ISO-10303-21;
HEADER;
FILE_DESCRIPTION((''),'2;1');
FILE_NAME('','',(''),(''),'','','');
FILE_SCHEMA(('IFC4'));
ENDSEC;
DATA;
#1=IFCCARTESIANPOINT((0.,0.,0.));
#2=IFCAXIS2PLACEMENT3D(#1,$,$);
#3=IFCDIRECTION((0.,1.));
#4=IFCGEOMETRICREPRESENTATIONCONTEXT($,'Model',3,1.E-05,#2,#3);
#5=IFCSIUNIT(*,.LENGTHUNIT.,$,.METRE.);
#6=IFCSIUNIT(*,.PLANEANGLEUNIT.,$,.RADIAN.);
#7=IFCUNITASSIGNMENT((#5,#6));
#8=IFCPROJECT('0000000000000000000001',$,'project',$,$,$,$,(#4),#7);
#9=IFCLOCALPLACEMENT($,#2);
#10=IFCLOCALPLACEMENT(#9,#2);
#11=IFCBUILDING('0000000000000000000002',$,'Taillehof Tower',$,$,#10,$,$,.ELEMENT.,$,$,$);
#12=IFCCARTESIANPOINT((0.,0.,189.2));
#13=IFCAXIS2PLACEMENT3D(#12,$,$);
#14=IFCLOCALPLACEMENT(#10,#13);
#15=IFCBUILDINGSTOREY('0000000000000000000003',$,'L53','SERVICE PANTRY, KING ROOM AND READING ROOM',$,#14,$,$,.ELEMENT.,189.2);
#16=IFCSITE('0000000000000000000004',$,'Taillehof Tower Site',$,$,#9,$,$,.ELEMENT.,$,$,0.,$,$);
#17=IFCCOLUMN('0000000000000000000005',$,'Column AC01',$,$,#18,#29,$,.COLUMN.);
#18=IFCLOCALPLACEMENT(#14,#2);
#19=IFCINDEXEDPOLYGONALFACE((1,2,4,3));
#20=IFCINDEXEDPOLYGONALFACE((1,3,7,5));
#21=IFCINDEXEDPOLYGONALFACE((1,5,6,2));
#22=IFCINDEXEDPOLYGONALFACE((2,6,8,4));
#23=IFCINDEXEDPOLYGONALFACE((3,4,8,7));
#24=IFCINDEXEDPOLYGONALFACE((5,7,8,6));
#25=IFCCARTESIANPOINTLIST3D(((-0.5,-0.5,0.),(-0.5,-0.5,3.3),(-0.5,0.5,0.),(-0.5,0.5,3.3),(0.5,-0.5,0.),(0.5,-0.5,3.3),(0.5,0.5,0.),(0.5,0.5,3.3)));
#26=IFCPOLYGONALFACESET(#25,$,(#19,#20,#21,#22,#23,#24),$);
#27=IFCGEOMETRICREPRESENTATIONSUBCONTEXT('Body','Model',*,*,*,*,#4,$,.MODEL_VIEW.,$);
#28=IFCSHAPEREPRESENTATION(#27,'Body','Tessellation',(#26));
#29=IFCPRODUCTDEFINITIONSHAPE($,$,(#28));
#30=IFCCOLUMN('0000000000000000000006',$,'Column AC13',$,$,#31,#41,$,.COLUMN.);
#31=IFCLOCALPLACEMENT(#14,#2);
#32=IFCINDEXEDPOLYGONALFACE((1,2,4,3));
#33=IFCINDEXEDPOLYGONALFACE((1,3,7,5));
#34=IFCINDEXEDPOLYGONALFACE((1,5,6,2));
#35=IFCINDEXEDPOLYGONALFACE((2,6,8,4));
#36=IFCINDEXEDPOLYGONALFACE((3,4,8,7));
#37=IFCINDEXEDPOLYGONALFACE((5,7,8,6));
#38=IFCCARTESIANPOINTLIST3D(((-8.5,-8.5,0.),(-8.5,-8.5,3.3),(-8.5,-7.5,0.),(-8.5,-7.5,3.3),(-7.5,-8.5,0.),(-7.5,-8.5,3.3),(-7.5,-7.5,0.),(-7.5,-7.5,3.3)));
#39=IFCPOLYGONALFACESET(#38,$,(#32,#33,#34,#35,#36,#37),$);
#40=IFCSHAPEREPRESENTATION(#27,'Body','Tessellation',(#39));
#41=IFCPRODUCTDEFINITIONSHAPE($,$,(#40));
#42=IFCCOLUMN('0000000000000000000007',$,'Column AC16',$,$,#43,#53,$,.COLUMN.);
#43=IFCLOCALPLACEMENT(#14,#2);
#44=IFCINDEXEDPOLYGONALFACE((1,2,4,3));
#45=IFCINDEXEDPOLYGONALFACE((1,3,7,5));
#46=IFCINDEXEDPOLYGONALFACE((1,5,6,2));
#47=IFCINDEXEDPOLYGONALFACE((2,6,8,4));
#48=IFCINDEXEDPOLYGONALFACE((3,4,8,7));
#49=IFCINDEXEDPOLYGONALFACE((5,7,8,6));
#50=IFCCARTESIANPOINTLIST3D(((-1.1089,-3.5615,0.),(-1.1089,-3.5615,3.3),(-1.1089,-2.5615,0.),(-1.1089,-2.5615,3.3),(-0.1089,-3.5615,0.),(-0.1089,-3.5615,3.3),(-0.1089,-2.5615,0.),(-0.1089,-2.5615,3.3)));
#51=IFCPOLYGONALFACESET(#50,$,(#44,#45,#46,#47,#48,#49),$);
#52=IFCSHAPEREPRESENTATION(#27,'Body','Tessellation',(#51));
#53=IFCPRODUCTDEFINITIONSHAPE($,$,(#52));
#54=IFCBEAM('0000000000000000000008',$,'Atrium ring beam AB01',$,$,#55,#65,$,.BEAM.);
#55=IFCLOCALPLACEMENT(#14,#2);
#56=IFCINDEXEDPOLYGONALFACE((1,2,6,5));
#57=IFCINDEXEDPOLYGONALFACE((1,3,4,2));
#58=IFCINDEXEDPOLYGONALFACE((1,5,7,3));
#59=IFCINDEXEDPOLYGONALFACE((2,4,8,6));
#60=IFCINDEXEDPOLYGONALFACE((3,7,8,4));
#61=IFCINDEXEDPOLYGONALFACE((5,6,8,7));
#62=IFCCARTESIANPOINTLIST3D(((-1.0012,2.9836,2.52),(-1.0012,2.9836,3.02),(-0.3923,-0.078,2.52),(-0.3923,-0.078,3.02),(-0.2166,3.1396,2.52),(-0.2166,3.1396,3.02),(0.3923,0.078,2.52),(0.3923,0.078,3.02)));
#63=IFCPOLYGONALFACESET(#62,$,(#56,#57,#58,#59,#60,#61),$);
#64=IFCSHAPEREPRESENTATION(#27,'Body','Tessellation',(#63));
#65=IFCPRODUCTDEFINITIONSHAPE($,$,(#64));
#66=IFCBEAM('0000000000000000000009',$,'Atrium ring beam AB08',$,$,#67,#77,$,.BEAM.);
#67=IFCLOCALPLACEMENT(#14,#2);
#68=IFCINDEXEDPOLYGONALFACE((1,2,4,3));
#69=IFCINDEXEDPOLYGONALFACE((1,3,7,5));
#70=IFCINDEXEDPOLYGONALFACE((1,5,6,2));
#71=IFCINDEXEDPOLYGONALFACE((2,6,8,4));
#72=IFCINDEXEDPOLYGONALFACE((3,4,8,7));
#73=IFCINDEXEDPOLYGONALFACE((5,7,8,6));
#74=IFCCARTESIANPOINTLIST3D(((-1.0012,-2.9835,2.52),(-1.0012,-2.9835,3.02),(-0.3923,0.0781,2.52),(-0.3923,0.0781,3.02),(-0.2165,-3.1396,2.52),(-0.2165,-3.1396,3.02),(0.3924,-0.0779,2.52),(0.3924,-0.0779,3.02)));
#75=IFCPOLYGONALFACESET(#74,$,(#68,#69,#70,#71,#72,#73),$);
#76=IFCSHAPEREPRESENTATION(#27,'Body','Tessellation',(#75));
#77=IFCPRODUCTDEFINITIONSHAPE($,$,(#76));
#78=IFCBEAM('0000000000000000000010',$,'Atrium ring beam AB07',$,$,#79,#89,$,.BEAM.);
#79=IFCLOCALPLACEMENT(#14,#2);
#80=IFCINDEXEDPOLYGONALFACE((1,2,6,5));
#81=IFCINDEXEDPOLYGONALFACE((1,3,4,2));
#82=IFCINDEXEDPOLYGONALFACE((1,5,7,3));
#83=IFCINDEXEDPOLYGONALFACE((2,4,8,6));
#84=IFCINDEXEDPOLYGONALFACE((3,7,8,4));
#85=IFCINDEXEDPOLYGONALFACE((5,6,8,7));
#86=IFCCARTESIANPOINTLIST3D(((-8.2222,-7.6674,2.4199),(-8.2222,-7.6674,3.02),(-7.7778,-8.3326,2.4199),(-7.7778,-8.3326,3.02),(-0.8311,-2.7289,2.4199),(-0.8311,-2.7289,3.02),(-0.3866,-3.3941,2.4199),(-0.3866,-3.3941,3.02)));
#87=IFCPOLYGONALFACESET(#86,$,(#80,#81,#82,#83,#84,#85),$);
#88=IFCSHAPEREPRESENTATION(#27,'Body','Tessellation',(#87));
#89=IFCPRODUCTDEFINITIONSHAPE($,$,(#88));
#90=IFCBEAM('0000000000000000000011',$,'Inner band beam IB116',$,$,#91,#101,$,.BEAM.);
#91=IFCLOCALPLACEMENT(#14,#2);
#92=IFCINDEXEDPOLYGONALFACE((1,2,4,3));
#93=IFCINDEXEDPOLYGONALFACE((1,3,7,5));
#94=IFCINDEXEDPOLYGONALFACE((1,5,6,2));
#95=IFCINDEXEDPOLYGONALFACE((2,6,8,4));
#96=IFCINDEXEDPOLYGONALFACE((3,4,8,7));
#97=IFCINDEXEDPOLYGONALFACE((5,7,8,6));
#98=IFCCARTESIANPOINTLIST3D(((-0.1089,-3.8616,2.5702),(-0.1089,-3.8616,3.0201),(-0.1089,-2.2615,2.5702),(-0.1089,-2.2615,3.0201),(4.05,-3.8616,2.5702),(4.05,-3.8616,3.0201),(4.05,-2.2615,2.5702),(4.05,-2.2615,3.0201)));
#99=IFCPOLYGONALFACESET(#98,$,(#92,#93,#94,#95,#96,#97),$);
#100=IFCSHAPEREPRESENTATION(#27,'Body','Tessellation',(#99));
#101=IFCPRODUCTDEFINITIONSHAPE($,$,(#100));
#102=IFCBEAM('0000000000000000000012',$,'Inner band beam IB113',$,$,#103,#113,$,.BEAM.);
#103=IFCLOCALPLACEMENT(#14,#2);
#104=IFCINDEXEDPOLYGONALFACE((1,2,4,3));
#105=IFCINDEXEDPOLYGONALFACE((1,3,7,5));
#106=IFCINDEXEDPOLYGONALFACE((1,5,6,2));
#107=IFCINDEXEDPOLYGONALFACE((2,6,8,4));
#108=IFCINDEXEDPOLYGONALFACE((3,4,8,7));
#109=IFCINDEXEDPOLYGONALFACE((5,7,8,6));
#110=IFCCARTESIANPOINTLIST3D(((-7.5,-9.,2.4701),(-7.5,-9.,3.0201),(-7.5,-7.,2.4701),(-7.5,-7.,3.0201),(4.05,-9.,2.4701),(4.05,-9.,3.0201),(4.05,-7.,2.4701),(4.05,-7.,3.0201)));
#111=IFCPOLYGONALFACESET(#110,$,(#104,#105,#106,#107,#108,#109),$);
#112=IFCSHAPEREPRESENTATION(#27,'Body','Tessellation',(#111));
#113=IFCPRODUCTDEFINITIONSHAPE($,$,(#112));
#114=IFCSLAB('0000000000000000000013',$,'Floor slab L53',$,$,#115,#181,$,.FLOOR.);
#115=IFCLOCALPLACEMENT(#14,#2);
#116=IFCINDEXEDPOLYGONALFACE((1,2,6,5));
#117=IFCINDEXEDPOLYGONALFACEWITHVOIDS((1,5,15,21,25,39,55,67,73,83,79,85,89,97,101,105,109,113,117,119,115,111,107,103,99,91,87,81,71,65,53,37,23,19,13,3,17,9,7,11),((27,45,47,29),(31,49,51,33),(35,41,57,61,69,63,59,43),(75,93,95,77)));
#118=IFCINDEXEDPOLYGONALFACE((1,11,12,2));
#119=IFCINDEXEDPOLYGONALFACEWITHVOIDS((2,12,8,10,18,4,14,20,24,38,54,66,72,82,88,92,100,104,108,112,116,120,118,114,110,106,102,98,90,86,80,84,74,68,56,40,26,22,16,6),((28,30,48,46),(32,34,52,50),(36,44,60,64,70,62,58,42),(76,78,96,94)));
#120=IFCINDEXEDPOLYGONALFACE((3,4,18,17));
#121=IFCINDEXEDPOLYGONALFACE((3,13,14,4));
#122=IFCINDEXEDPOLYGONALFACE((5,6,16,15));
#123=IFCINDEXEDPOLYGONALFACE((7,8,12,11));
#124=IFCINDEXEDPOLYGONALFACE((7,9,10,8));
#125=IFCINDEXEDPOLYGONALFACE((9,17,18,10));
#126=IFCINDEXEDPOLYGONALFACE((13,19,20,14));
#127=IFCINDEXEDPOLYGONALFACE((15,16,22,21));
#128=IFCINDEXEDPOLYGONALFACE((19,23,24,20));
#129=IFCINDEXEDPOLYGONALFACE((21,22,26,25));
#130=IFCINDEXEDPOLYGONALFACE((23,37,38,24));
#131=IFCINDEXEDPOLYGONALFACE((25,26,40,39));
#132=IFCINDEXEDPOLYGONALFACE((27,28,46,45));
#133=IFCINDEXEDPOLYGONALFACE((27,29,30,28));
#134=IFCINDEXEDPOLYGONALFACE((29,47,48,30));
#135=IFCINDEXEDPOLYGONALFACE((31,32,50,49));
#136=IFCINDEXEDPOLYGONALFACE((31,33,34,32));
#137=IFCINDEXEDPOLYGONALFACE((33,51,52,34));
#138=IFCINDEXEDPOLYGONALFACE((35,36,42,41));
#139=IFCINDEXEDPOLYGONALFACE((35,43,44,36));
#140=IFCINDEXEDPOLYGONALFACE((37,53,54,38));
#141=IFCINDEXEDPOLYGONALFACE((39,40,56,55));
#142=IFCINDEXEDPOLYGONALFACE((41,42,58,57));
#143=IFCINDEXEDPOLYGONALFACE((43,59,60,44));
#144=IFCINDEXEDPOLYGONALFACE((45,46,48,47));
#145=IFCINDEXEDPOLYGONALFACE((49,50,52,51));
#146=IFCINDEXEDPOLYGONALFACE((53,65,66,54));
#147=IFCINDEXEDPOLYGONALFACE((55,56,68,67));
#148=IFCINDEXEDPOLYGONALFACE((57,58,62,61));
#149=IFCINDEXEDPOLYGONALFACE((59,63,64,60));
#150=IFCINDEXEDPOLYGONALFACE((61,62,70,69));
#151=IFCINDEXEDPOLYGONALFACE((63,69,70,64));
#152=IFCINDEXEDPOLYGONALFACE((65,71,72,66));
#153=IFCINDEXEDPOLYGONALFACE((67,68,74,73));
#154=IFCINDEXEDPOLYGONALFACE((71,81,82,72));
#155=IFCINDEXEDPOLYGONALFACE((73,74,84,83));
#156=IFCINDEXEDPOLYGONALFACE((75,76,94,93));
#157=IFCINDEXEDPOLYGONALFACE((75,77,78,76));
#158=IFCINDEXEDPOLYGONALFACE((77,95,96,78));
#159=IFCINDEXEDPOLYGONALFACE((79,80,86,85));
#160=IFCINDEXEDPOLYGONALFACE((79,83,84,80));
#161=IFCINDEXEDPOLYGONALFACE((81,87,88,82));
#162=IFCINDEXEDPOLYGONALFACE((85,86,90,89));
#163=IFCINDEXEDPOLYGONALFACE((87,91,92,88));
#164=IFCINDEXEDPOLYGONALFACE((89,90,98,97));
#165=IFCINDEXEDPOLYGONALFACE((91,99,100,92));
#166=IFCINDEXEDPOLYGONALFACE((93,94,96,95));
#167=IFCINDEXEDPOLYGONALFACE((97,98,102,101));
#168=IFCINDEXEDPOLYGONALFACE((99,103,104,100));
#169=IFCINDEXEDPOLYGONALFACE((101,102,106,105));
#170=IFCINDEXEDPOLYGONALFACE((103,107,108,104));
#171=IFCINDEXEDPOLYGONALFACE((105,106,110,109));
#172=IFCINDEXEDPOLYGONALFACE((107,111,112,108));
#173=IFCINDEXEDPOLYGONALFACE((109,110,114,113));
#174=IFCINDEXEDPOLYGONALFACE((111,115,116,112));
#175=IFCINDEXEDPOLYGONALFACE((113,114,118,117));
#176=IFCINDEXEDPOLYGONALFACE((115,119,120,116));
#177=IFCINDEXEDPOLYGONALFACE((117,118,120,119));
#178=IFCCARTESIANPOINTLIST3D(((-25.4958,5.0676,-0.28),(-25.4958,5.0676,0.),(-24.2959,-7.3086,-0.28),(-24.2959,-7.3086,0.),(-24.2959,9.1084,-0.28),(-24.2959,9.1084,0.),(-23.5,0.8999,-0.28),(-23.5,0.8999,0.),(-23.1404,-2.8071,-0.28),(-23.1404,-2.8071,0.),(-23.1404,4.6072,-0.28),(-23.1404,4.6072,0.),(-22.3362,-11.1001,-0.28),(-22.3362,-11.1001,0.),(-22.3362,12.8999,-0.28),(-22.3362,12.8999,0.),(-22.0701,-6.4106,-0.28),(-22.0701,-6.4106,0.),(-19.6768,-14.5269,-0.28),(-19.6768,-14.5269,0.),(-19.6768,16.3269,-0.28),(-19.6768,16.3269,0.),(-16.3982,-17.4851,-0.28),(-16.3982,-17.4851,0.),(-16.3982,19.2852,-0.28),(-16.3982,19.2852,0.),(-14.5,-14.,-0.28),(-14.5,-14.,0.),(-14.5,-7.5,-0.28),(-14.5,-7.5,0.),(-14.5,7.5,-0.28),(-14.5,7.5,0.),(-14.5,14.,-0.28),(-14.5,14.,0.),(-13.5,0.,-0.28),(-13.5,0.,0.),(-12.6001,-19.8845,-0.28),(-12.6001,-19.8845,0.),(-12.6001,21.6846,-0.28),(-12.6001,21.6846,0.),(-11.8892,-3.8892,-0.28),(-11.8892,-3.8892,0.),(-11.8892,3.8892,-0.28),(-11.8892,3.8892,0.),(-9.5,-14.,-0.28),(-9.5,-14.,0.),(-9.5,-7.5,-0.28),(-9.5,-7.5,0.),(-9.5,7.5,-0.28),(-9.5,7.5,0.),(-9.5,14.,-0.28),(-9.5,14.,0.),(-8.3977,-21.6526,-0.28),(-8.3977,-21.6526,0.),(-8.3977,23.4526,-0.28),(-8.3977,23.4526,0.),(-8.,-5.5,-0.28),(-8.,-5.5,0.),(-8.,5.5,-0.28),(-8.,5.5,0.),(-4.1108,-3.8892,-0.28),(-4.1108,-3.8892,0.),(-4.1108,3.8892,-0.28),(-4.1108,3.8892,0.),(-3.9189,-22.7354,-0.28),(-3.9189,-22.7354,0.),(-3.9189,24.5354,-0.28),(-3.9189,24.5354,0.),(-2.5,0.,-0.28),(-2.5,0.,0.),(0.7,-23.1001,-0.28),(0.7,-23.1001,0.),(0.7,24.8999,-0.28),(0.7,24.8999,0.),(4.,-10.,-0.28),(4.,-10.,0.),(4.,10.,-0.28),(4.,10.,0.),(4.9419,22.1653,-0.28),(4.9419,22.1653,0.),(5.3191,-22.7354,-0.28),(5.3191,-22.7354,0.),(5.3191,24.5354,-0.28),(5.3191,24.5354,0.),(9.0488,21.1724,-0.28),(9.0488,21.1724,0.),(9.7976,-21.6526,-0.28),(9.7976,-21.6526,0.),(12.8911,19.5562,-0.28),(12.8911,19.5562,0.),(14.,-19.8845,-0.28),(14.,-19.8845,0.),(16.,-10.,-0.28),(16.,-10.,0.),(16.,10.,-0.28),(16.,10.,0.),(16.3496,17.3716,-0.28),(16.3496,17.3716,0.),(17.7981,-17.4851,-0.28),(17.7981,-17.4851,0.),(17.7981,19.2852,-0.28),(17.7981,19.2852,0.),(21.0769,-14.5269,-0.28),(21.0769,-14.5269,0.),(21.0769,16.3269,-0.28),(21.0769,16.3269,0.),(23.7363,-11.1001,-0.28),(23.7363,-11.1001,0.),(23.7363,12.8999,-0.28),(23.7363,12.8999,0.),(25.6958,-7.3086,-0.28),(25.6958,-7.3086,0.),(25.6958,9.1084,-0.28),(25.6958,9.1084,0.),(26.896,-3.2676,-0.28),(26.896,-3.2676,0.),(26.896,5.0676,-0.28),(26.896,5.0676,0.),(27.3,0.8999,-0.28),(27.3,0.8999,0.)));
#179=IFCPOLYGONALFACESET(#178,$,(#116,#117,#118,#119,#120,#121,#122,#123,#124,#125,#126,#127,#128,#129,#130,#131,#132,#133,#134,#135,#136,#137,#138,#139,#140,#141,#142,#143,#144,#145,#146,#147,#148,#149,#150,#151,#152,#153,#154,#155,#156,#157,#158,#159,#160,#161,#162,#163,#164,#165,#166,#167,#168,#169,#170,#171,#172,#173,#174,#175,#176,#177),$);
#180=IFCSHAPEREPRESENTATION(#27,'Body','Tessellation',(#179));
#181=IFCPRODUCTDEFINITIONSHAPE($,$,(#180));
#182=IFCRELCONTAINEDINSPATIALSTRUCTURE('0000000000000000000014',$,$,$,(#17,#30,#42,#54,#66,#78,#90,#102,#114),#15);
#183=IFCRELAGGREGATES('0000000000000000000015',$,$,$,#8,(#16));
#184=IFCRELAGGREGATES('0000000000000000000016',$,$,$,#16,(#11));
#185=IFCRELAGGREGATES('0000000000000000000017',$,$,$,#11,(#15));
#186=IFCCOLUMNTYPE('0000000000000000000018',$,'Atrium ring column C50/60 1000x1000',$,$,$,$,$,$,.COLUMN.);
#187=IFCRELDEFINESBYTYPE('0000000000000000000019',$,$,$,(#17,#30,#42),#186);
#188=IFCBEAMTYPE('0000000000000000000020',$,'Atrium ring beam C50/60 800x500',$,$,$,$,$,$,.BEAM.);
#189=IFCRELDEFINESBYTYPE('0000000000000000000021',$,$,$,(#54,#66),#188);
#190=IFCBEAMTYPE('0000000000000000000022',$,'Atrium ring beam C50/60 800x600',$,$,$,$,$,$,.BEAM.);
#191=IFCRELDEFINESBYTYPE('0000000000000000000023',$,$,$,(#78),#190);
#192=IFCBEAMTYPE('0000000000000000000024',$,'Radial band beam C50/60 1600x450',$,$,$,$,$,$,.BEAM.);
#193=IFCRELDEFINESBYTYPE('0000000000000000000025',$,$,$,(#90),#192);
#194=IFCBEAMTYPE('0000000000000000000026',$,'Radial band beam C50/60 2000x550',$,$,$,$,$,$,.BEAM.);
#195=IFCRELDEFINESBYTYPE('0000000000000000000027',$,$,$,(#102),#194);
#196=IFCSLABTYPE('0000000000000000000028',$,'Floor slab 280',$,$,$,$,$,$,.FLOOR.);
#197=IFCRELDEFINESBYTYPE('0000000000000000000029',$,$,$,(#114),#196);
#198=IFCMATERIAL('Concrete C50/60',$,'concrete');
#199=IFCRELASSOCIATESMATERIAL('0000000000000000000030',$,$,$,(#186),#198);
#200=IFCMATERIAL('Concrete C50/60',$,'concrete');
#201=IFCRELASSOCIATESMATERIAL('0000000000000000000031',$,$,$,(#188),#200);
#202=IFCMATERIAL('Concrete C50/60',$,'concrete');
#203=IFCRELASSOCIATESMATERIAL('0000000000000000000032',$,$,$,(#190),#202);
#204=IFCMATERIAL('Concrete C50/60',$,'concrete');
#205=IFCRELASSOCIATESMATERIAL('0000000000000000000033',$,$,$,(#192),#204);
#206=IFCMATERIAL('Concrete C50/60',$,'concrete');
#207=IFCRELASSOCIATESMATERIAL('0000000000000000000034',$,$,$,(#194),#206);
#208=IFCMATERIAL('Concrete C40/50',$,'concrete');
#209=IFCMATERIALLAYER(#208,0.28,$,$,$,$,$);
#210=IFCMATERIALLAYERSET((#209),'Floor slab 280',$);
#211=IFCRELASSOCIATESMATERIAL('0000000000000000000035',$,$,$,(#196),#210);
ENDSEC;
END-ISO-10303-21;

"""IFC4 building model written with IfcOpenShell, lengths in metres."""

from ifc_helpers import new_model, si_unit, direction, frame, origin, origin_2d, place, context, subcontext, project, spatial, polyline, rectangle, outline, extrude, material, layer, layer_set, material_profile, profile_set, type_object, element, save


model = new_model("IFC4")

# Units and contexts
model_context = context("Model", 3, precision=1e-05, world=origin(), true_north=direction((0.0, 1.0)))
body_context = subcontext(model_context, "Body", "Model", "MODEL_VIEW")
ifc_project = project(units=[si_unit("LENGTHUNIT", "METRE"), si_unit("PLANEANGLEUNIT", "RADIAN")], contexts=[model_context])

# Site, building, storey
site_placement = place(None, origin())
site = spatial("IfcSite", under=ifc_project, at=site_placement, Name="Taillehof Tower Site", CompositionType="ELEMENT", RefElevation=0.0)
building_placement = place(site_placement, origin())
building = spatial("IfcBuilding", under=site, at=building_placement, Name="Taillehof Tower", CompositionType="ELEMENT")
storey_placement = place(building_placement, frame((0.0, 0.0, 189.2)))
storey = spatial("IfcBuildingStorey", under=building, at=storey_placement, Name="L53", Description="SERVICE PANTRY, KING ROOM AND READING ROOM", CompositionType="ELEMENT", Elevation=189.2)

# Columns
ifc_material_1 = material(Name="Concrete C50/60", Category="concrete")
ifc_material_profile_1 = material_profile(ifc_material_1, rectangle(XDim=1.0, YDim=1.0, at=origin_2d()), Name="RC 1000x1000")
ifc_profile_set_1 = profile_set([ifc_material_profile_1], Name="Concrete C50/60")
column_type = type_object("IfcColumnType", Name="Atrium ring column C50/60 1000x1000", PredefinedType="COLUMN", material=ifc_profile_set_1)
for number, where, z_axis, x_axis, name in (
    (1, (0.0, 0.0, 0.0), (0.0, 0.0, 1.0), (1.0, 0.0, 0.0), "Column AC01"),
    (2, (-8.0, -8.0, 0.0), (0.0, 0.0, 1.0), (1.0, 0.0, 0.0), "Column AC13"),
    (3, (-0.6089, -3.0615, 0.0), (0.0, 0.0, 1.0), (1.0, 0.0, 0.0), "Column AC16"),
):
    element("IfcColumn", number, at=place(storey_placement, frame(where, z_axis=z_axis, x_axis=x_axis)), inside=storey, type_object=column_type, Name=name, PredefinedType="COLUMN", context=body_context, shape_type="SweptSolid", body=[
        extrude(rectangle(XDim=1.0, YDim=1.0, at=origin_2d()), origin(), (0.0, 0.0, 1.0), 3.3),
    ])

# Beams
ifc_material_2 = material(Name="Concrete C50/60", Category="concrete")
ifc_material_profile_2 = material_profile(ifc_material_2, rectangle(XDim=0.8, YDim=0.5, at=origin_2d()), Name="RC 800x500")
ifc_profile_set_2 = profile_set([ifc_material_profile_2], Name="Concrete C50/60")
beam_type_1 = type_object("IfcBeamType", Name="Atrium ring beam C50/60 800x500", PredefinedType="BEAM", material=ifc_profile_set_2)
for number, where, z_axis, x_axis, name in (
    (4, (0.0, 0.0, 2.77), (-0.195063, 0.980791, 0.0), (-0.980791, -0.195063, 0.0), "Atrium ring beam AB01"),
    (5, (-0.6089, -3.0615, 2.77), (0.195063, 0.980791, 0.0), (-0.980791, 0.195063, 0.0), "Atrium ring beam AB08"),
):
    element("IfcBeam", number, at=place(storey_placement, frame(where, z_axis=z_axis, x_axis=x_axis)), inside=storey, type_object=beam_type_1, Name=name, PredefinedType="BEAM", context=body_context, shape_type="SweptSolid", body=[
        extrude(rectangle(XDim=0.8, YDim=0.5, at=origin_2d()), origin(), (0.0, 0.0, 1.0), 3.1216),
    ])
ifc_material_3 = material(Name="Concrete C50/60", Category="concrete")
ifc_material_profile_3 = material_profile(ifc_material_3, rectangle(XDim=0.8, YDim=0.6001, at=origin_2d()), Name="RC 800x600")
ifc_profile_set_3 = profile_set([ifc_material_profile_3], Name="Concrete C50/60")
beam_type_2 = type_object("IfcBeamType", Name="Atrium ring beam C50/60 800x600", PredefinedType="BEAM", material=ifc_profile_set_3)
beam_1_placement = place(storey_placement, frame((-8.0, -8.0, 2.72), z_axis=(0.831475, 0.555562, 0.0), x_axis=(-0.555562, 0.831475, 0.0)))
element("IfcBeam", 6, at=beam_1_placement, inside=storey, type_object=beam_type_2, Name="Atrium ring beam AB07", PredefinedType="BEAM", context=body_context, shape_type="SweptSolid", body=[
    extrude(rectangle(XDim=0.8, YDim=0.6001, at=origin_2d()), origin(), (0.0, 0.0, 1.0), 8.8892),
])
ifc_material_4 = material(Name="Concrete C50/60", Category="concrete")
ifc_material_profile_4 = material_profile(ifc_material_4, rectangle(XDim=1.6001, YDim=0.45, at=origin_2d()), Name="RC 1600x450")
ifc_profile_set_4 = profile_set([ifc_material_profile_4], Name="Concrete C50/60")
beam_type_3 = type_object("IfcBeamType", Name="Radial band beam C50/60 1600x450", PredefinedType="BEAM", material=ifc_profile_set_4)
beam_2_placement = place(storey_placement, frame((-0.1089, -3.0615, 2.7952), z_axis=(1.0, 0.0, 0.0), x_axis=(0.0, 1.0, 0.0)))
element("IfcBeam", 7, at=beam_2_placement, inside=storey, type_object=beam_type_3, Name="Inner band beam IB116", PredefinedType="BEAM", context=body_context, shape_type="SweptSolid", body=[
    extrude(rectangle(XDim=1.6001, YDim=0.45, at=origin_2d()), origin(), (0.0, 0.0, 1.0), 4.1589),
])
ifc_material_5 = material(Name="Concrete C50/60", Category="concrete")
ifc_material_profile_5 = material_profile(ifc_material_5, rectangle(XDim=2.0, YDim=0.55, at=origin_2d()), Name="RC 2000x550")
ifc_profile_set_5 = profile_set([ifc_material_profile_5], Name="Concrete C50/60")
beam_type_4 = type_object("IfcBeamType", Name="Radial band beam C50/60 2000x550", PredefinedType="BEAM", material=ifc_profile_set_5)
beam_3_placement = place(storey_placement, frame((-7.5, -8.0, 2.7451), z_axis=(1.0, 0.0, 0.0), x_axis=(0.0, 1.0, 0.0)))
element("IfcBeam", 8, at=beam_3_placement, inside=storey, type_object=beam_type_4, Name="Inner band beam IB113", PredefinedType="BEAM", context=body_context, shape_type="SweptSolid", body=[
    extrude(rectangle(XDim=2.0, YDim=0.55, at=origin_2d()), origin(), (0.0, 0.0, 1.0), 11.55),
])

# Slab
ifc_material_6 = material(Name="Concrete C40/50", Category="concrete")
ifc_layer_1 = layer(ifc_material_6, 0.28)
ifc_layer_set_1 = layer_set([ifc_layer_1], Name="Floor slab 280")
slab_type = type_object("IfcSlabType", Name="Floor slab 280", PredefinedType="FLOOR", material=ifc_layer_set_1)
slab_placement = place(storey_placement, frame((0.0, 0.0, -0.28)))
element("IfcSlab", 9, at=slab_placement, inside=storey, type_object=slab_type, Name="Floor slab L53", PredefinedType="FLOOR", context=body_context, shape_type="SweptSolid", body=[
    extrude(outline(polyline([(27.3, 0.8999), (26.896, 5.0676), (25.6958, 9.1084), (23.7363, 12.8999), (21.0769, 16.3269), (17.7981, 19.2852), (16.3496, 17.3716), (12.8911, 19.5562), (9.0488, 21.1724), (4.9419, 22.1653), (5.3191, 24.5354), (0.7, 24.8999), (-3.9189, 24.5354), (-8.3977, 23.4526), (-12.6001, 21.6846), (-16.3982, 19.2852), (-19.6768, 16.3269), (-22.3362, 12.8999), (-24.2959, 9.1084), (-25.4958, 5.0676), (-23.1404, 4.6072), (-23.5, 0.8999), (-23.1404, -2.8071), (-22.0701, -6.4106), (-24.2959, -7.3086), (-22.3362, -11.1001), (-19.6768, -14.5269), (-16.3982, -17.4851), (-12.6001, -19.8845), (-8.3977, -21.6526), (-3.9189, -22.7354), (0.7, -23.1001), (5.3191, -22.7354), (9.7976, -21.6526), (14.0, -19.8845), (17.7981, -17.4851), (21.0769, -14.5269), (23.7363, -11.1001), (25.6958, -7.3086), (26.896, -3.2676), (27.3, 0.8999)]), holes=[polyline([(-14.5, -7.5), (-9.5, -7.5), (-9.5, -14.0), (-14.5, -14.0), (-14.5, -7.5)]), polyline([(-8.0, -5.5), (-11.8892, -3.8892), (-13.5, 0.0), (-11.8892, 3.8892), (-8.0, 5.5), (-4.1108, 3.8892), (-2.5, 0.0), (-4.1108, -3.8892), (-8.0, -5.5)]), polyline([(16.0, 10.0), (16.0, -10.0), (4.0, -10.0), (4.0, 10.0), (16.0, 10.0)]), polyline([(-14.5, 14.0), (-9.5, 14.0), (-9.5, 7.5), (-14.5, 7.5), (-14.5, 14.0)])]), origin(), (0.0, 0.0, 1.0), 0.28),
])

save(model, "model.ifc")
